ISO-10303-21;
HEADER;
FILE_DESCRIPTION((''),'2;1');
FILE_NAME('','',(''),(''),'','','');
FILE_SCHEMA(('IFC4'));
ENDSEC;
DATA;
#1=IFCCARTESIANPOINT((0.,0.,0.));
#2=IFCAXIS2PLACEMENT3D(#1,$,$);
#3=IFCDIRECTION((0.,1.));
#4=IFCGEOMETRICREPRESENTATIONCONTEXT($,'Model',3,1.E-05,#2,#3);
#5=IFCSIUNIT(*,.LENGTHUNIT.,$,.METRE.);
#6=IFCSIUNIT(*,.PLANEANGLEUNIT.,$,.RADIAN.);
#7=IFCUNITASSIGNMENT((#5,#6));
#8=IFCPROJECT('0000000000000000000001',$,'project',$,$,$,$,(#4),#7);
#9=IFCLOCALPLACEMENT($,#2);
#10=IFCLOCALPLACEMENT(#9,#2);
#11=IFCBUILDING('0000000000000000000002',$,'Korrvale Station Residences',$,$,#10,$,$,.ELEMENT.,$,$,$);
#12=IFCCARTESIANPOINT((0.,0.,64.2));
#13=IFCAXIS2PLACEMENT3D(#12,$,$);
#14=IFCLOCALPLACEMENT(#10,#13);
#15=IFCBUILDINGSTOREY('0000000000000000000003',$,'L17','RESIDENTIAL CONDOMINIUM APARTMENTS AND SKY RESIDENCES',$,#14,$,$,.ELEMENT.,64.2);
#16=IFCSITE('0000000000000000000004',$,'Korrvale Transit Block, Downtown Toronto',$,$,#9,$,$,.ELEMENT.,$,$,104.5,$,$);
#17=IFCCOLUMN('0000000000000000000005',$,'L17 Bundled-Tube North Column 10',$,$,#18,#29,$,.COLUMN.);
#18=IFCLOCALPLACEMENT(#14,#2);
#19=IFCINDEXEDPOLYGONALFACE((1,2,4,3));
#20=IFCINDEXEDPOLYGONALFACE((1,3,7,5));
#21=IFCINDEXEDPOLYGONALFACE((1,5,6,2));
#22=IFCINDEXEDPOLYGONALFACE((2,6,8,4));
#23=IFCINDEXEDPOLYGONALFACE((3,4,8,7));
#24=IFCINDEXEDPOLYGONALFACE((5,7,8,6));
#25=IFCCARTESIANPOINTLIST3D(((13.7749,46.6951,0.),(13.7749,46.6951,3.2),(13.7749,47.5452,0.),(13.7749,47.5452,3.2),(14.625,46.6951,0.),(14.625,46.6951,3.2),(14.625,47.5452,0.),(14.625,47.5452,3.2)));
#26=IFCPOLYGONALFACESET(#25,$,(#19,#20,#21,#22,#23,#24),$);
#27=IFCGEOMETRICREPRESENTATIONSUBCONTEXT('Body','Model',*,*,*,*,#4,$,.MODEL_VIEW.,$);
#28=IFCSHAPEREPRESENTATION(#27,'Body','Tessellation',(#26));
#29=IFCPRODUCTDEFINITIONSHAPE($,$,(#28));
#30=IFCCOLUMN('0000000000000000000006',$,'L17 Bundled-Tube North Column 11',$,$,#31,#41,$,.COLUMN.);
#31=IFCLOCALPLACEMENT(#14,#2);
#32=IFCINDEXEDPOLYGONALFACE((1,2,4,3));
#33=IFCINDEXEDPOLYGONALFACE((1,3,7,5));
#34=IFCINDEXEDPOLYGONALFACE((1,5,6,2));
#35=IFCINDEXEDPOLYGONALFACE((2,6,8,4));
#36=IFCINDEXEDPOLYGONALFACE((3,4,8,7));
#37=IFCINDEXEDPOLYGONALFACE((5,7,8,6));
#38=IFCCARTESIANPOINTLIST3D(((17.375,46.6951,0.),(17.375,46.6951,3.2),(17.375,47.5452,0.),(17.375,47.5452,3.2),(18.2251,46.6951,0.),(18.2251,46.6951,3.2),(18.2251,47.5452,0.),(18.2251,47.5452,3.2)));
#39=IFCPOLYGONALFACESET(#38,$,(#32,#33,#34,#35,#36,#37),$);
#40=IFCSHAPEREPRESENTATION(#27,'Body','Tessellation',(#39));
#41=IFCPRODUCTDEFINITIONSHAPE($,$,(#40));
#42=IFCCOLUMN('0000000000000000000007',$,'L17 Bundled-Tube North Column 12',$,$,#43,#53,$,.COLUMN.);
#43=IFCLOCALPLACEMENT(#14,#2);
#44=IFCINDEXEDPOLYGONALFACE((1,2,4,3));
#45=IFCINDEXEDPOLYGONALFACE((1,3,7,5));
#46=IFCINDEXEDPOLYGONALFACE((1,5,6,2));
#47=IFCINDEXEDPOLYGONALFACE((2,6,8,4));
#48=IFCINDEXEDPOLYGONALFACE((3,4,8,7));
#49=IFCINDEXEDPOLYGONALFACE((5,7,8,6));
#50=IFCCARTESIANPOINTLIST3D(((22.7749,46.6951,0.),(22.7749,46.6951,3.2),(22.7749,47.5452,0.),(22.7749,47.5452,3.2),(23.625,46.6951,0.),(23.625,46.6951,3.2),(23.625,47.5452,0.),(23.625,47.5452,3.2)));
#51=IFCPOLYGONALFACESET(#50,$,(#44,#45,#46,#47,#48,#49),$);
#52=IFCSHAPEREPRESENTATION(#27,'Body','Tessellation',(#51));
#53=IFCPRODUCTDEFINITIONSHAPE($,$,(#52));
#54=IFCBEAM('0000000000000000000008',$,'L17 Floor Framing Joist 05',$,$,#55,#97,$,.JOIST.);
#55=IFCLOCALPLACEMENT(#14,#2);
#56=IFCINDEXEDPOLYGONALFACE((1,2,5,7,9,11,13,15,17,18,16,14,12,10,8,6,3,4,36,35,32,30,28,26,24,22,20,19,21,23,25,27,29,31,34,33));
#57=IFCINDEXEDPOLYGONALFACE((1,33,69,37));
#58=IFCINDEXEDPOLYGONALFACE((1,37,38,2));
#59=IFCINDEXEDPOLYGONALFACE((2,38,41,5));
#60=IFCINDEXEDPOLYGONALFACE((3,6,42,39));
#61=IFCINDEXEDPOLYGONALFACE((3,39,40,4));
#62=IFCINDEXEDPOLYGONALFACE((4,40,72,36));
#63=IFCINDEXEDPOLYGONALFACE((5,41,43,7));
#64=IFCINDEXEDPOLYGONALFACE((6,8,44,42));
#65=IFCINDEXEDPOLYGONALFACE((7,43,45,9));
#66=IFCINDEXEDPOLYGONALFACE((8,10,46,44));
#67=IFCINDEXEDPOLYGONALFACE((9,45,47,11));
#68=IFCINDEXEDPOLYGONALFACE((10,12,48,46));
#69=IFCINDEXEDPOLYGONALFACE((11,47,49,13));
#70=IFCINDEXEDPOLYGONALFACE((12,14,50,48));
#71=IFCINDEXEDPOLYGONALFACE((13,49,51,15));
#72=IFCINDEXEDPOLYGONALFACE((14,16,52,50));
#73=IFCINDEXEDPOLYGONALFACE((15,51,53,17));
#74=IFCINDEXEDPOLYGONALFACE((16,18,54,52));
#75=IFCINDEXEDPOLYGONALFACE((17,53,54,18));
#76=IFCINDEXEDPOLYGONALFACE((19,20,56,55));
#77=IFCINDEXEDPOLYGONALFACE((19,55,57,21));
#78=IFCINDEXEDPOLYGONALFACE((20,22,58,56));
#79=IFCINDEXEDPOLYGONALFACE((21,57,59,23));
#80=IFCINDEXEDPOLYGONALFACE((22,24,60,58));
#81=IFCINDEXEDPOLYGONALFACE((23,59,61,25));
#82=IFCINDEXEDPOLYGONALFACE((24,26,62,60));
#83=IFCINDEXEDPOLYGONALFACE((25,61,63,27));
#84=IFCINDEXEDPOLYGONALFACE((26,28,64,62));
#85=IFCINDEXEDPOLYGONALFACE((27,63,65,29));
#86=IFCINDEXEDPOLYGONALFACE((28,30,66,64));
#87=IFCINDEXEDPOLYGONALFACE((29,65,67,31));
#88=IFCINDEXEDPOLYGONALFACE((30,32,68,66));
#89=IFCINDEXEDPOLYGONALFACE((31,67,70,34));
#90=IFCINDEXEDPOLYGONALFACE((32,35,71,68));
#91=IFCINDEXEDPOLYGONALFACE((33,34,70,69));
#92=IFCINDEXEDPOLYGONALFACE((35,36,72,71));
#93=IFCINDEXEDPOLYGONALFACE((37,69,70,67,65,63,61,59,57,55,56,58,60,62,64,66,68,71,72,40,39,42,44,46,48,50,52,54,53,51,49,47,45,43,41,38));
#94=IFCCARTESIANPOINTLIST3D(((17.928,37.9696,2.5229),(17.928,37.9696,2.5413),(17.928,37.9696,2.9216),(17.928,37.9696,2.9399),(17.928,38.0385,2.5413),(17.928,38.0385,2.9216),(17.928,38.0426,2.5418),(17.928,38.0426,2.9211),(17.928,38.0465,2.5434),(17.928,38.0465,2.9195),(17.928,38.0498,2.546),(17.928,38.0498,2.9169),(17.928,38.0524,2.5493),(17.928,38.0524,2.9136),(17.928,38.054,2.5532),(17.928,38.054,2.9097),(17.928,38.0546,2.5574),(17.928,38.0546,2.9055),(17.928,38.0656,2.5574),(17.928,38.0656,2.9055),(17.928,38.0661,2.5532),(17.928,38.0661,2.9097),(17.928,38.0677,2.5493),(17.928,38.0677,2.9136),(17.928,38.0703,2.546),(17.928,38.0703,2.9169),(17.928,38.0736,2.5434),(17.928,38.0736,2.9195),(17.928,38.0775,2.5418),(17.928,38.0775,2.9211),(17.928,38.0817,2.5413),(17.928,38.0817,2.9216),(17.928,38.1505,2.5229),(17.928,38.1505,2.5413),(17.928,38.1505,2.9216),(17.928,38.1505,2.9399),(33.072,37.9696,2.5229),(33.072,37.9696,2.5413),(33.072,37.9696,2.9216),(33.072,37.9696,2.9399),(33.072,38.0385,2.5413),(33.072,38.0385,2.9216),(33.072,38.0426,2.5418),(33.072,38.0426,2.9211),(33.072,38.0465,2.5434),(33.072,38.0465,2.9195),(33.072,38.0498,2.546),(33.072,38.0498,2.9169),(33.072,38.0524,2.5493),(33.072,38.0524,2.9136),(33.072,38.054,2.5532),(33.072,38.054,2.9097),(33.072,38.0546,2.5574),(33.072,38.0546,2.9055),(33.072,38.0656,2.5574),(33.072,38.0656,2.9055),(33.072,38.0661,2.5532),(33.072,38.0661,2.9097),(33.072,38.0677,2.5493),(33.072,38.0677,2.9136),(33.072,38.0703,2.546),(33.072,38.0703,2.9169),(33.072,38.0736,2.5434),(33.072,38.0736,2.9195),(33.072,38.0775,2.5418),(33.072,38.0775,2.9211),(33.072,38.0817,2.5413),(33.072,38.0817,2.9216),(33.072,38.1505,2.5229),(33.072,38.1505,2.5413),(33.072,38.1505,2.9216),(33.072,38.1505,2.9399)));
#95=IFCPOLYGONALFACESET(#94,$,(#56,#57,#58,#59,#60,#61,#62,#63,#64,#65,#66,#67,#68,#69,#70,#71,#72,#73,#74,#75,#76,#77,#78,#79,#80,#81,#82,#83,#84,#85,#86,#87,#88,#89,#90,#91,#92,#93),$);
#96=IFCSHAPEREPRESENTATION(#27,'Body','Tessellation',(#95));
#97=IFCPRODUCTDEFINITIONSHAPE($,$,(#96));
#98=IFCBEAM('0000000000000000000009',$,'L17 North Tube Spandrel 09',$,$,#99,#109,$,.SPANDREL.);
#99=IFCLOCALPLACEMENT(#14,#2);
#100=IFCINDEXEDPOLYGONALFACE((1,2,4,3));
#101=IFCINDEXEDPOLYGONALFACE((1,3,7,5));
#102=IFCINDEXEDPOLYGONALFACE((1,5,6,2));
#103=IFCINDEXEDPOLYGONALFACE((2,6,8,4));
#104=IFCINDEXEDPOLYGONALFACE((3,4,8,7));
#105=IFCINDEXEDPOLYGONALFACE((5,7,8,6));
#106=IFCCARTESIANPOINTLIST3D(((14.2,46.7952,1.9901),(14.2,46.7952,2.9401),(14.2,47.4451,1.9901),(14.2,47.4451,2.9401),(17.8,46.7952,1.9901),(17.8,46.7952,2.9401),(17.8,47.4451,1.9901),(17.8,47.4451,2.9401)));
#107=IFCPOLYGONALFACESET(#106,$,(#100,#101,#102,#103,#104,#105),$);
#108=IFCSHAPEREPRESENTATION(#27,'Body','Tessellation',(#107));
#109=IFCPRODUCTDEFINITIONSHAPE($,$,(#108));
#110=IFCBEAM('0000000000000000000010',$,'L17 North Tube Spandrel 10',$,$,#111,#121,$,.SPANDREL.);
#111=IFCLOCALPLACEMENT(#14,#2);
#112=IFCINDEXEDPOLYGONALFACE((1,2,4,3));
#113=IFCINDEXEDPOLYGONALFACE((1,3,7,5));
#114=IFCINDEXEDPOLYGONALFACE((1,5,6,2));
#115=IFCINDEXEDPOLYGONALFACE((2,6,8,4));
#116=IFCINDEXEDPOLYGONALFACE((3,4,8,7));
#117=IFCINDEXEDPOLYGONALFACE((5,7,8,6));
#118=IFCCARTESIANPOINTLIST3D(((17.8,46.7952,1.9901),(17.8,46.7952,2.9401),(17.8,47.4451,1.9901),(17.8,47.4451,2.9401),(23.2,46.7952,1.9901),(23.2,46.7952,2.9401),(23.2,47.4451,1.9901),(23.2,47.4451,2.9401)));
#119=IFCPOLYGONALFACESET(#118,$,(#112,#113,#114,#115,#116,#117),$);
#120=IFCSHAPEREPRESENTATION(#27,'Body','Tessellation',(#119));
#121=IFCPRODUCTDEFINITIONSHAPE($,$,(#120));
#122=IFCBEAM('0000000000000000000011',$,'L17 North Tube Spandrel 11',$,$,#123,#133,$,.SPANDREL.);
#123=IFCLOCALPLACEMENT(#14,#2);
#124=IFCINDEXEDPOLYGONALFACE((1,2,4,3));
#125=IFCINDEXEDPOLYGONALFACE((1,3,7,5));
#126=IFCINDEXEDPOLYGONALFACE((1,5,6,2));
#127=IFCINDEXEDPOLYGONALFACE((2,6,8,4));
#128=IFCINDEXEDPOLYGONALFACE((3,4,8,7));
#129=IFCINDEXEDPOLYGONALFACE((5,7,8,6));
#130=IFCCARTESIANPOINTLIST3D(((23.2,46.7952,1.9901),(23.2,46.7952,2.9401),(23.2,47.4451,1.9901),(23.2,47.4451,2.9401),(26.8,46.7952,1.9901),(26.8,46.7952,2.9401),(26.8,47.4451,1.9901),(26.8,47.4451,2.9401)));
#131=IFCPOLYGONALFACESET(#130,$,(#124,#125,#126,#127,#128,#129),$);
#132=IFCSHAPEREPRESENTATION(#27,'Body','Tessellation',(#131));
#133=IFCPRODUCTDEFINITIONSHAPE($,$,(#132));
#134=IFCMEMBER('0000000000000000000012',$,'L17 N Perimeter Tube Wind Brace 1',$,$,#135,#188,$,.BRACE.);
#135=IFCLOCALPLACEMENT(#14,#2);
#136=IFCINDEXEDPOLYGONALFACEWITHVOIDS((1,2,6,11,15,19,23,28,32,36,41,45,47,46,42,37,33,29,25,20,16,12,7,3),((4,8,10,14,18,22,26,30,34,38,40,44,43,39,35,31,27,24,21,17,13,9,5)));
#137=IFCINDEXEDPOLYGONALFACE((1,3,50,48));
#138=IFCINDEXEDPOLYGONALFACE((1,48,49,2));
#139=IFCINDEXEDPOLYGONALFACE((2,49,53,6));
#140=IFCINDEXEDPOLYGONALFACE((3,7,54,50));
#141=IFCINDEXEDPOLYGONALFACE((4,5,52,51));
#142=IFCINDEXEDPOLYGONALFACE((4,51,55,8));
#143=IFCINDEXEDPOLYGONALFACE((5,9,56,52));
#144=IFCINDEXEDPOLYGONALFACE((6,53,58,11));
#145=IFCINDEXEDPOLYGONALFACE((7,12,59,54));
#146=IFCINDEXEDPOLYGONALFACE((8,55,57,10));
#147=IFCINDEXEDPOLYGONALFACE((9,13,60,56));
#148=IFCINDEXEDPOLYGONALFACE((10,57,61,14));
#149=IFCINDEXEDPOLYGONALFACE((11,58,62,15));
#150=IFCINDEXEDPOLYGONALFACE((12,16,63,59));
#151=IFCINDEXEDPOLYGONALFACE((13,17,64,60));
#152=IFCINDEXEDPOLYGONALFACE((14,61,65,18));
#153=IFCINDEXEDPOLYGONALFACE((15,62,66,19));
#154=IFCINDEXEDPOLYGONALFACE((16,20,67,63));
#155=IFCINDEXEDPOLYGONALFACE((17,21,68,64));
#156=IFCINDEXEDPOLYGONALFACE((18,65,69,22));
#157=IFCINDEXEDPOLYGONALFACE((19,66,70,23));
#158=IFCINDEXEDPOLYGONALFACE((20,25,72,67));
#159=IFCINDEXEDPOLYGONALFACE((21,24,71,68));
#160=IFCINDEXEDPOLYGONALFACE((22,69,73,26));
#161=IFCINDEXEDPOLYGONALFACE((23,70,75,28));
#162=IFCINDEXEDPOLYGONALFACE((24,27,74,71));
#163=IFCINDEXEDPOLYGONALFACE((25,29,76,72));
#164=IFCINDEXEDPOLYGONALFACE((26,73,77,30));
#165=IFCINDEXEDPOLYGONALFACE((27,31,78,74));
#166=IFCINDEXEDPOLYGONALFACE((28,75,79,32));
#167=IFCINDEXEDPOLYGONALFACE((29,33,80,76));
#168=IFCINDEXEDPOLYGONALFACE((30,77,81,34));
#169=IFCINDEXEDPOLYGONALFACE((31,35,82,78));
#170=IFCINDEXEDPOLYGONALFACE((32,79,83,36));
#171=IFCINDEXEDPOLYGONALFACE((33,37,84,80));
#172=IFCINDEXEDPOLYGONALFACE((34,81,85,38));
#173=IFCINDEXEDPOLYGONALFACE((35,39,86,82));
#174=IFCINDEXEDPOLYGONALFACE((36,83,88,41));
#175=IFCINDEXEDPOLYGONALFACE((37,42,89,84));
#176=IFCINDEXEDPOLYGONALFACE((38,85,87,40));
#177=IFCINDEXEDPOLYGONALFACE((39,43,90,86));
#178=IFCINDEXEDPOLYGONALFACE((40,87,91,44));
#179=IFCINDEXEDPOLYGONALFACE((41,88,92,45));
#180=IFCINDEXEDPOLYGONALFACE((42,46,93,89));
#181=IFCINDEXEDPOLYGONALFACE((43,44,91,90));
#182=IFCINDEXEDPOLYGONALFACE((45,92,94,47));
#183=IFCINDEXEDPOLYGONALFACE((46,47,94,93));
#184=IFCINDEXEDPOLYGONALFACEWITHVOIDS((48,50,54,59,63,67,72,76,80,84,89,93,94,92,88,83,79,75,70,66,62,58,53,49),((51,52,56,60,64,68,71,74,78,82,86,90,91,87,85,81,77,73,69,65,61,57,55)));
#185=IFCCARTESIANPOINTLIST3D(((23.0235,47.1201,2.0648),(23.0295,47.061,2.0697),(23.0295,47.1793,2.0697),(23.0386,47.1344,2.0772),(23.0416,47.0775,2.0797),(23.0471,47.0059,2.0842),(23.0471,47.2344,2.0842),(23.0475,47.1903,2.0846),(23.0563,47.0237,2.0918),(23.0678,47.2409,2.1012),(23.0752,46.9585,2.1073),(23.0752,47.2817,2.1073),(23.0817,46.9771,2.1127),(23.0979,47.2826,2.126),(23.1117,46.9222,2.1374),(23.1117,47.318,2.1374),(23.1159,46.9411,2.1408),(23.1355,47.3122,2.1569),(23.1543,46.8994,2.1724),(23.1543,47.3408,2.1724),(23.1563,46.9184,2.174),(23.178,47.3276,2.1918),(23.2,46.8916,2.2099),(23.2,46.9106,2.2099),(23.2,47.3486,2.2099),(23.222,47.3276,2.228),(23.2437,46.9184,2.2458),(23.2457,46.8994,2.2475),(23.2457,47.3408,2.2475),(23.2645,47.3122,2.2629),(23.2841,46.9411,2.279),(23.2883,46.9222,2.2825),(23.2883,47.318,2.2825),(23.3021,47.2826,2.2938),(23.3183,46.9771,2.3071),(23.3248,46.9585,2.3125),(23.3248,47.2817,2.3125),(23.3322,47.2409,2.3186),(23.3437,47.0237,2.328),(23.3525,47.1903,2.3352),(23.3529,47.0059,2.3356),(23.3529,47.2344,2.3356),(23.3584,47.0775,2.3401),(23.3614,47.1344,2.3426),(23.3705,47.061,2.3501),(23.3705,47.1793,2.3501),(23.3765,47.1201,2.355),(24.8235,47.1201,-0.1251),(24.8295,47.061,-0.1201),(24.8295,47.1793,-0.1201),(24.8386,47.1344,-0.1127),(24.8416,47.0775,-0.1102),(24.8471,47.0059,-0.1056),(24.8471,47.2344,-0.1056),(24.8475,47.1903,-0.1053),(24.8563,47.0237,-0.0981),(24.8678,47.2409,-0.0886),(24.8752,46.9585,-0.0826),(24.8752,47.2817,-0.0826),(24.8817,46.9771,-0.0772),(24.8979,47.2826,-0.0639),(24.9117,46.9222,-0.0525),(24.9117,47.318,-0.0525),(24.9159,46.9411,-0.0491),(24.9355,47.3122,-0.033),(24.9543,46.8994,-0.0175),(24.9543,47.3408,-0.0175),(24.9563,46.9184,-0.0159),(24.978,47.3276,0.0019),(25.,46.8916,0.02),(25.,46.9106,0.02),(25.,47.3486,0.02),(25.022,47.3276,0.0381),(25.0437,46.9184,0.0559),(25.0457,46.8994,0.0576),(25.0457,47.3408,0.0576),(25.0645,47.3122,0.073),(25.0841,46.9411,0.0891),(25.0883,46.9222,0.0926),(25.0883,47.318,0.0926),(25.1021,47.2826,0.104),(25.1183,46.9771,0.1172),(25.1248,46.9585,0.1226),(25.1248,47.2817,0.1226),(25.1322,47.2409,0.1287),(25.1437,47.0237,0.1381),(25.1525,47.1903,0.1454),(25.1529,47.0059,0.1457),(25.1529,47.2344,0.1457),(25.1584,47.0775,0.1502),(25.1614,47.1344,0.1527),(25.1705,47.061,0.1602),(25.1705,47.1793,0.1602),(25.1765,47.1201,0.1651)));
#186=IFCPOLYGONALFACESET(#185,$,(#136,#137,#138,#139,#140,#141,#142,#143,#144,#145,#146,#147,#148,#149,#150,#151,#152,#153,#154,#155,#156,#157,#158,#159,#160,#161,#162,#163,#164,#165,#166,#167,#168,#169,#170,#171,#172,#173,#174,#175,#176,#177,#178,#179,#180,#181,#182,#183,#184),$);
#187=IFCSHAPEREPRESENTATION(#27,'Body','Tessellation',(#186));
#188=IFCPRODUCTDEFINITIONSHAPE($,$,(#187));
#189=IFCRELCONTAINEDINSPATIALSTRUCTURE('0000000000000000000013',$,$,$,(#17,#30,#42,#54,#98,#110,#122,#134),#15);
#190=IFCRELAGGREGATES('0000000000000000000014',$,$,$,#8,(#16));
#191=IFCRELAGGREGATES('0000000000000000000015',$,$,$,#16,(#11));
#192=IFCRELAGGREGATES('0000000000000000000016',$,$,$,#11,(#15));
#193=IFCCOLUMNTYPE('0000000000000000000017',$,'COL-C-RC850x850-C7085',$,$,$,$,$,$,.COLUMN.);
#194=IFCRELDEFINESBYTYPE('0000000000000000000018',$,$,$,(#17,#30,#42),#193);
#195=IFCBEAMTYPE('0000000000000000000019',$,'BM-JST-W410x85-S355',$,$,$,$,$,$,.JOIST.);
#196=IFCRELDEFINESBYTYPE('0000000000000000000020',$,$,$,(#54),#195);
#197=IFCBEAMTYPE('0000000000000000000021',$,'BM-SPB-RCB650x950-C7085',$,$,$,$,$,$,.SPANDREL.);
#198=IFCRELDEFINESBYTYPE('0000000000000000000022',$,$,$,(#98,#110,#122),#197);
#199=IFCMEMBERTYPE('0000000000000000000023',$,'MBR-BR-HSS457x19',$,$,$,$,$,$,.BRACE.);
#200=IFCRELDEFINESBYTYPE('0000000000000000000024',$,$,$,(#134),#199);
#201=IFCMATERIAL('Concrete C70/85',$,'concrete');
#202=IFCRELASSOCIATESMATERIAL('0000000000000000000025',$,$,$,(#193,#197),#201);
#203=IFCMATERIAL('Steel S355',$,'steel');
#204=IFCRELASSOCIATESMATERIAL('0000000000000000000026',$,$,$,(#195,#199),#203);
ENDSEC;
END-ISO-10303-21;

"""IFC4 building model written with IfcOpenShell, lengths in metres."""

from ifc_helpers import new_model, si_unit, direction, frame, origin, origin_2d, place, context, subcontext, project, spatial, rectangle, hollow_circle, i_section, extrude, material, material_profile, profile_set, type_object, element, save


model = new_model("IFC4")

# Units and contexts
model_context = context("Model", 3, precision=1e-05, world=origin(), true_north=direction((0.0, 1.0)))
body_context = subcontext(model_context, "Body", "Model", "MODEL_VIEW")
ifc_project = project(units=[si_unit("LENGTHUNIT", "METRE"), si_unit("PLANEANGLEUNIT", "RADIAN")], contexts=[model_context])

# Site, building, storey
site_placement = place(None, origin())
site = spatial("IfcSite", under=ifc_project, at=site_placement, Name="Korrvale Transit Block, Downtown Toronto", CompositionType="ELEMENT", RefElevation=104.5)
building_placement = place(site_placement, origin())
building = spatial("IfcBuilding", under=site, at=building_placement, Name="Korrvale Station Residences", CompositionType="ELEMENT")
storey_placement = place(building_placement, frame((0.0, 0.0, 64.2)))
storey = spatial("IfcBuildingStorey", under=building, at=storey_placement, Name="L17", Description="RESIDENTIAL CONDOMINIUM APARTMENTS AND SKY RESIDENCES", CompositionType="ELEMENT", Elevation=64.2)

# Columns
ifc_material_1 = material(Name="Concrete C70/85", Category="concrete")
ifc_material_profile_1 = material_profile(ifc_material_1, rectangle(XDim=0.8501, YDim=0.8501, at=origin_2d()), Name="RC850x850")
ifc_profile_set_1 = profile_set([ifc_material_profile_1], Name="Concrete C70/85")
column_type = type_object("IfcColumnType", Name="COL-C-RC850x850-C7085", PredefinedType="COLUMN", material=ifc_profile_set_1)
for number, where, z_axis, x_axis, name in (
    (1, (14.2, 47.1201, 0.0), (0.0, 0.0, 1.0), (1.0, 0.0, 0.0), "L17 Bundled-Tube North Column 10"),
    (2, (17.8, 47.1201, 0.0), (0.0, 0.0, 1.0), (1.0, 0.0, 0.0), "L17 Bundled-Tube North Column 11"),
    (3, (23.2, 47.1201, 0.0), (0.0, 0.0, 1.0), (1.0, 0.0, 0.0), "L17 Bundled-Tube North Column 12"),
):
    element("IfcColumn", number, at=place(storey_placement, frame(where, z_axis=z_axis, x_axis=x_axis)), inside=storey, type_object=column_type, Name=name, PredefinedType="COLUMN", context=body_context, shape_type="SweptSolid", body=[
        extrude(rectangle(XDim=0.8501, YDim=0.8501, at=origin_2d()), origin(), (0.0, 0.0, 1.0), 3.2),
    ])

# Beams
ifc_material_2 = material(Name="Steel S355", Category="steel")
ifc_material_profile_2 = material_profile(ifc_material_2, i_section(OverallWidth=0.1809, OverallDepth=0.417, WebThickness=0.011, FlangeThickness=0.0183, FilletRadius=0.0161, at=origin_2d()), Name="W410x85")
ifc_profile_set_2 = profile_set([ifc_material_profile_2], Name="Steel S355")
beam_type_1 = type_object("IfcBeamType", Name="BM-JST-W410x85-S355", PredefinedType="JOIST", material=ifc_profile_set_2)
beam_1_placement = place(storey_placement, frame((17.928, 38.0601, 2.7314), z_axis=(1.0, 0.0, 0.0), x_axis=(0.0, 1.0, 0.0)))
element("IfcBeam", 4, at=beam_1_placement, inside=storey, type_object=beam_type_1, Name="L17 Floor Framing Joist 05", PredefinedType="JOIST", context=body_context, shape_type="SweptSolid", body=[
    extrude(i_section(OverallWidth=0.1809, OverallDepth=0.417, WebThickness=0.011, FlangeThickness=0.0183, FilletRadius=0.0161, at=origin_2d()), origin(), (0.0, 0.0, 1.0), 15.144),
])
ifc_material_profile_3 = material_profile(ifc_material_1, rectangle(XDim=0.6499, YDim=0.95, at=origin_2d()), Name="RCB650x950")
ifc_profile_set_3 = profile_set([ifc_material_profile_3], Name="Concrete C70/85")
beam_type_2 = type_object("IfcBeamType", Name="BM-SPB-RCB650x950-C7085", PredefinedType="SPANDREL", material=ifc_profile_set_3)
beam_2_placement = place(storey_placement, frame((14.2, 47.1201, 2.4651), z_axis=(1.0, 0.0, 0.0), x_axis=(0.0, 1.0, 0.0)))
element("IfcBeam", 5, at=beam_2_placement, inside=storey, type_object=beam_type_2, Name="L17 North Tube Spandrel 09", PredefinedType="SPANDREL", context=body_context, shape_type="SweptSolid", body=[
    extrude(rectangle(XDim=0.6499, YDim=0.95, at=origin_2d()), origin(), (0.0, 0.0, 1.0), 3.6001),
])
beam_3_placement = place(storey_placement, frame((17.8, 47.1201, 2.4651), z_axis=(1.0, 0.0, 0.0), x_axis=(0.0, 1.0, 0.0)))
element("IfcBeam", 6, at=beam_3_placement, inside=storey, type_object=beam_type_2, Name="L17 North Tube Spandrel 10", PredefinedType="SPANDREL", context=body_context, shape_type="SweptSolid", body=[
    extrude(rectangle(XDim=0.6499, YDim=0.95, at=origin_2d()), origin(), (0.0, 0.0, 1.0), 5.3999),
])
beam_4_placement = place(storey_placement, frame((23.2, 47.1201, 2.4651), z_axis=(1.0, 0.0, 0.0), x_axis=(0.0, 1.0, 0.0)))
element("IfcBeam", 7, at=beam_4_placement, inside=storey, type_object=beam_type_2, Name="L17 North Tube Spandrel 11", PredefinedType="SPANDREL", context=body_context, shape_type="SweptSolid", body=[
    extrude(rectangle(XDim=0.6499, YDim=0.95, at=origin_2d()), origin(), (0.0, 0.0, 1.0), 3.6001),
])

# Member
ifc_material_profile_4 = material_profile(ifc_material_2, hollow_circle(Radius=0.2285, WallThickness=0.019, at=origin_2d()), Name="HSS457x19")
ifc_profile_set_4 = profile_set([ifc_material_profile_4], Name="Steel S355")
member_type = type_object("IfcMemberType", Name="MBR-BR-HSS457x19", PredefinedType="BRACE", material=ifc_profile_set_4)
for number, where, z_axis, x_axis, name in (
    (8, (25.0, 47.1201, 0.02), (-0.634985, 0.0, 0.772524), (0.0, -1.0, 0.0), "L17 N Perimeter Tube Wind Brace 1"),
):
    element("IfcMember", number, at=place(storey_placement, frame(where, z_axis=z_axis, x_axis=x_axis)), inside=storey, type_object=member_type, Name=name, PredefinedType="BRACE", context=body_context, shape_type="SweptSolid", body=[
        extrude(hollow_circle(Radius=0.2285, WallThickness=0.019, at=origin_2d()), origin(), (0.0, 0.0, 1.0), 2.8347),
    ])

save(model, "model.ifc")
